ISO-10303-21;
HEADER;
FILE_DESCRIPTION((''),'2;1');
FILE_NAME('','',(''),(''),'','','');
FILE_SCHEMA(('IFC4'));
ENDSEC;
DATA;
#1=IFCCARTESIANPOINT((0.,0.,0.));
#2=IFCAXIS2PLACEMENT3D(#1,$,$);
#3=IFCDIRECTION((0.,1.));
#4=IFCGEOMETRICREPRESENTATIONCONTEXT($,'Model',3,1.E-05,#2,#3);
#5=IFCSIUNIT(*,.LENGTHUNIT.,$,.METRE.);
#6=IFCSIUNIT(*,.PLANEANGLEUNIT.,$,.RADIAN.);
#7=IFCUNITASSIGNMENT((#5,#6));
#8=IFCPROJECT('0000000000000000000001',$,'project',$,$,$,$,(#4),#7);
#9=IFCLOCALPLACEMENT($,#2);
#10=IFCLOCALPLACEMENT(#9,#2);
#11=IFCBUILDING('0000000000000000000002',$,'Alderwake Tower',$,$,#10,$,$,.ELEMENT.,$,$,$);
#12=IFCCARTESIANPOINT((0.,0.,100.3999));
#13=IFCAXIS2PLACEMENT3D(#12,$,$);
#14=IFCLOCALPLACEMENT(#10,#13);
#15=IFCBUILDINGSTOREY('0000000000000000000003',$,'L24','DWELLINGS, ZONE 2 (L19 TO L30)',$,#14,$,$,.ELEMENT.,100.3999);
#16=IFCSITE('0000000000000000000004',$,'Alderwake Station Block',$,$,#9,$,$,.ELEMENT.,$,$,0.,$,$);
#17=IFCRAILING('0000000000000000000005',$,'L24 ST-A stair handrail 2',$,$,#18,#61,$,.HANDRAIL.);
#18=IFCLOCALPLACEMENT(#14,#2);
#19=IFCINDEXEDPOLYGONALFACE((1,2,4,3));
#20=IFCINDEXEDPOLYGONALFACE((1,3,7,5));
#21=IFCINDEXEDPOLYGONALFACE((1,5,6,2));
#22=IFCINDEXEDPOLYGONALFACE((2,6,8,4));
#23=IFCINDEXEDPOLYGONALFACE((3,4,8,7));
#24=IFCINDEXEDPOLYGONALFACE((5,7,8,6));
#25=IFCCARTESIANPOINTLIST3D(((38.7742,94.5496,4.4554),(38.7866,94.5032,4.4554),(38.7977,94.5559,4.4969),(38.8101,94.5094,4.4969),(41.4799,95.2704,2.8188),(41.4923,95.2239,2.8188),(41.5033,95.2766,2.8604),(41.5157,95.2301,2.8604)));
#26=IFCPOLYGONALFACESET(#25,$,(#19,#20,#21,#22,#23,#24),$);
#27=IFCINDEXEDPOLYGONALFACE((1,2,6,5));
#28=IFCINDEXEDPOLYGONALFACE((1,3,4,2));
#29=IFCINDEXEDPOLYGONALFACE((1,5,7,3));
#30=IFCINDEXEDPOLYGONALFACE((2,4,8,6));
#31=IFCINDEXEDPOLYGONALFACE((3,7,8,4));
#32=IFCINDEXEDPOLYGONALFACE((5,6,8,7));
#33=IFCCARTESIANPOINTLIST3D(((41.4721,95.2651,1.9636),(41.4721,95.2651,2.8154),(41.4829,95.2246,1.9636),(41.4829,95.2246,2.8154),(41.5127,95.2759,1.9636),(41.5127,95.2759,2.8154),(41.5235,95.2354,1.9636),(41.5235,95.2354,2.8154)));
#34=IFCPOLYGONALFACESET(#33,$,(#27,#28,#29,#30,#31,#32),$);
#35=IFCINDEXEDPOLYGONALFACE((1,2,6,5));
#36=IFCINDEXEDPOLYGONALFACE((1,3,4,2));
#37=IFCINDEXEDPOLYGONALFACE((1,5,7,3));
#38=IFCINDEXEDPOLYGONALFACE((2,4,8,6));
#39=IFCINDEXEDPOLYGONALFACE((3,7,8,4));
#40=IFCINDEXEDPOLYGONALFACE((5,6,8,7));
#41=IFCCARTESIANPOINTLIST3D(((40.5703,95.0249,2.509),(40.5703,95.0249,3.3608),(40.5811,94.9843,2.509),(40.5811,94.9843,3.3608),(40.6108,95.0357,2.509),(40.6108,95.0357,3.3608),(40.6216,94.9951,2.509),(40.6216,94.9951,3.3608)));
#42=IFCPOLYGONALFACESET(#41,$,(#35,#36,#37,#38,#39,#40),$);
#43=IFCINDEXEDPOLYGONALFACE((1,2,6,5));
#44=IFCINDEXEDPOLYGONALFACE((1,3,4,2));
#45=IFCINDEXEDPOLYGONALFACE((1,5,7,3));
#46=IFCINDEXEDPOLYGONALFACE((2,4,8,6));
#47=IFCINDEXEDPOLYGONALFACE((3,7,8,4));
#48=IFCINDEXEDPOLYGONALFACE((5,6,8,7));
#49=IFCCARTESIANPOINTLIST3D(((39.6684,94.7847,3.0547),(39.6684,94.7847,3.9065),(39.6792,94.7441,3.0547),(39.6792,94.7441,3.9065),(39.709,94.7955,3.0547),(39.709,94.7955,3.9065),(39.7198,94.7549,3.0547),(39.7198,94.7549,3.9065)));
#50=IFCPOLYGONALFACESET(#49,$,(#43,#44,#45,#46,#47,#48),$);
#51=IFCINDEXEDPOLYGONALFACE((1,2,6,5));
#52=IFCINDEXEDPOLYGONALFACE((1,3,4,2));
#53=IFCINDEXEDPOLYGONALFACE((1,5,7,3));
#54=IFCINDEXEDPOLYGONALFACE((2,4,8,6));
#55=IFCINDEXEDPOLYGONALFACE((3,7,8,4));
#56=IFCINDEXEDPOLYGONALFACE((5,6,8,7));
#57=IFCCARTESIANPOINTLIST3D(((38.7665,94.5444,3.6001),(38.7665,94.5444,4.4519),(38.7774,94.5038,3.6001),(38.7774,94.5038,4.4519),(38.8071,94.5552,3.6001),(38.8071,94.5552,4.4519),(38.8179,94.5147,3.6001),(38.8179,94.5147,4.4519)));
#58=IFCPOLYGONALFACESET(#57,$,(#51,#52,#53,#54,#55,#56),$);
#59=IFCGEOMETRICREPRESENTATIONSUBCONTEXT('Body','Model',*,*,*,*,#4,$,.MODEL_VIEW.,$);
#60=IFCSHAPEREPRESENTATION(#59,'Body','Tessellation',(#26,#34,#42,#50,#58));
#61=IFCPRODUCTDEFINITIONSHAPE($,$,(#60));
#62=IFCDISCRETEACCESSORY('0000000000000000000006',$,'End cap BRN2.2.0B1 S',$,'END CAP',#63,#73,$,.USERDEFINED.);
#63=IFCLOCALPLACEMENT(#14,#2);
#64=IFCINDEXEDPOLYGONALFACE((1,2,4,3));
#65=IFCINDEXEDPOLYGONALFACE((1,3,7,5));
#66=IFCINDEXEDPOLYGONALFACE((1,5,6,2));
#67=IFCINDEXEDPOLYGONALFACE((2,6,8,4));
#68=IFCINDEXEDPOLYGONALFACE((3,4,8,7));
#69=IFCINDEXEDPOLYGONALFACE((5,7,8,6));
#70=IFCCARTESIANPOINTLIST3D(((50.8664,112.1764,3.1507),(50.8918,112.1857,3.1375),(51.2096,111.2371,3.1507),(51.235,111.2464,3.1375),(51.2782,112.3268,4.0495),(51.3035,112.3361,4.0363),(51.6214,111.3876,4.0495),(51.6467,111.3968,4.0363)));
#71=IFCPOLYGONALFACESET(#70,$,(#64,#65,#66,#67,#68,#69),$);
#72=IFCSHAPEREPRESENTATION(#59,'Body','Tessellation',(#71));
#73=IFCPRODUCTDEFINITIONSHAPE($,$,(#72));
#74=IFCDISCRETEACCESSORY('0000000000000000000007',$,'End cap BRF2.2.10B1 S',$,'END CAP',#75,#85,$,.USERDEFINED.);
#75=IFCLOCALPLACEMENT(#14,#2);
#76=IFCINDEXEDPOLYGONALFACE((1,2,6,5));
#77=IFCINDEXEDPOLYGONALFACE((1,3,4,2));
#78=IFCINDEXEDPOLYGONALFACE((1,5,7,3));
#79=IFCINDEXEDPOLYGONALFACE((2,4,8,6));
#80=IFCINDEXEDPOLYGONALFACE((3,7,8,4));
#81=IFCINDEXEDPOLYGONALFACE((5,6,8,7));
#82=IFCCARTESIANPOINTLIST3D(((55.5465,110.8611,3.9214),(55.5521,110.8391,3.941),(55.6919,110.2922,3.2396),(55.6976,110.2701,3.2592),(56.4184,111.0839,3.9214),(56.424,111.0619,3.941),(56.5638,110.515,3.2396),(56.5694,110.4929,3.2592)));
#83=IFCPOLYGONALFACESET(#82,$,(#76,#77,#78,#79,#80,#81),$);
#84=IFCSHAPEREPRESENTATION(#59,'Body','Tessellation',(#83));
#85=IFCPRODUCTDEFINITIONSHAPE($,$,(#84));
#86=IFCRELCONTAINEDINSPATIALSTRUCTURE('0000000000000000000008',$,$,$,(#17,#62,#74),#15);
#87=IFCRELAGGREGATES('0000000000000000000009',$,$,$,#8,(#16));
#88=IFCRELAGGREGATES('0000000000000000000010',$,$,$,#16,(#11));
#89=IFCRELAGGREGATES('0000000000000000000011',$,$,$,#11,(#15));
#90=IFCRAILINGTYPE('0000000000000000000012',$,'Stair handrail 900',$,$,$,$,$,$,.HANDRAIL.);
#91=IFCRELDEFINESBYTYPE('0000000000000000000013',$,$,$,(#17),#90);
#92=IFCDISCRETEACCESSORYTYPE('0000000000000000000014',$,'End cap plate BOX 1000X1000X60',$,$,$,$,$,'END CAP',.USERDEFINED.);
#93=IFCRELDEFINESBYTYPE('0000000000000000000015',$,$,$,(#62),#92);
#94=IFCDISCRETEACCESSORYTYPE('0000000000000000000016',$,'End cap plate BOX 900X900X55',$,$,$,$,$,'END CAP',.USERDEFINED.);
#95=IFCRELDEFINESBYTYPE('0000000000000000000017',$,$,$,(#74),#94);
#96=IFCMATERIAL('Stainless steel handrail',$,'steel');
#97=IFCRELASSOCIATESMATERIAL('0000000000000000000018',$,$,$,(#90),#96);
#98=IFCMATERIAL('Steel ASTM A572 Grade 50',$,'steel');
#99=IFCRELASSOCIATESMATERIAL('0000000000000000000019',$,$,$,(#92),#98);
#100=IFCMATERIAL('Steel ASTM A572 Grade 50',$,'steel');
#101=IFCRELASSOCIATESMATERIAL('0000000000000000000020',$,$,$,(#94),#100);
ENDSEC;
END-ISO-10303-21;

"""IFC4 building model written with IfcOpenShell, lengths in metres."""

from ifc_helpers import new_model, si_unit, direction, frame, origin, origin_2d, place, context, subcontext, project, spatial, rectangle, extrude, material, material_profile, profile_set, type_object, element, save


model = new_model("IFC4")

# Units and contexts
model_context = context("Model", 3, precision=1e-05, world=origin(), true_north=direction((0.0, 1.0)))
body_context = subcontext(model_context, "Body", "Model", "MODEL_VIEW")
ifc_project = project(units=[si_unit("LENGTHUNIT", "METRE"), si_unit("PLANEANGLEUNIT", "RADIAN")], contexts=[model_context])

# Site, building, storey
site_placement = place(None, origin())
site = spatial("IfcSite", under=ifc_project, at=site_placement, Name="Alderwake Station Block", CompositionType="ELEMENT", RefElevation=0.0)
building_placement = place(site_placement, origin())
building = spatial("IfcBuilding", under=site, at=building_placement, Name="Alderwake Tower", CompositionType="ELEMENT")
storey_placement = place(building_placement, frame((0.0, 0.0, 100.3999)))
storey = spatial("IfcBuildingStorey", under=building, at=storey_placement, Name="L24", Description="DWELLINGS, ZONE 2 (L19 TO L30)", CompositionType="ELEMENT", Elevation=100.3999)

# Railing
ifc_material_1 = material(Name="Stainless steel handrail", Category="steel")
railing_type_1 = type_object("IfcRailingType", Name="Stair handrail 900", PredefinedType="HANDRAIL", material=ifc_material_1)
railing_1_placement = place(storey_placement, frame((41.4978, 95.2502, 1.9636)))
element("IfcRailing", 1, at=railing_1_placement, inside=storey, type_object=railing_type_1, Name="L24 ST-A stair handrail 2", PredefinedType="HANDRAIL", context=body_context, shape_type="SweptSolid", body=[
    extrude(rectangle(XDim=0.0481, YDim=0.0481, at=origin_2d()), frame((0.0, 0.0, 0.876), z_axis=(-0.834259, -0.222228, 0.504605), x_axis=(0.257402, -0.966304, 0.0)), (0.0, 0.0, 1.0), 3.2432),
    extrude(rectangle(XDim=0.042, YDim=0.042, at=origin_2d()), frame((0.0, 0.0, 0.0), z_axis=(0.0, 0.0, 1.0), x_axis=(-0.966304, -0.257402, 0.0)), (0.0, 0.0, 1.0), 0.8518),
    extrude(rectangle(XDim=0.042, YDim=0.042, at=origin_2d()), frame((-0.9019, -0.2402, 0.5454), z_axis=(0.0, 0.0, 1.0), x_axis=(-0.966304, -0.257402, 0.0)), (0.0, 0.0, 1.0), 0.8518),
    extrude(rectangle(XDim=0.042, YDim=0.042, at=origin_2d()), frame((-1.8037, -0.4805, 1.0911), z_axis=(0.0, 0.0, 1.0), x_axis=(-0.966304, -0.257402, 0.0)), (0.0, 0.0, 1.0), 0.8518),
    extrude(rectangle(XDim=0.042, YDim=0.042, at=origin_2d()), frame((-2.7056, -0.7207, 1.6365), z_axis=(0.0, 0.0, 1.0), x_axis=(-0.966304, -0.257402, 0.0)), (0.0, 0.0, 1.0), 0.8518),
])

# Discrete accessories
ifc_material_2 = material(Name="Steel ASTM A572 Grade 50", Category="steel")
ifc_material_profile_1 = material_profile(ifc_material_2, rectangle(XDim=1.0, YDim=1.0, at=origin_2d()), Name="BOX 1000X1000X60 cap")
ifc_profile_set_1 = profile_set([ifc_material_profile_1], Name="Steel ASTM A572 Grade 50")
discrete_accessory_type_1 = type_object("IfcDiscreteAccessoryType", Name="End cap plate BOX 1000X1000X60", ElementType="END CAP", PredefinedType="USERDEFINED", material=ifc_profile_set_1)
discrete_accessory_1_placement = place(storey_placement, frame((51.2439, 111.782, 3.6001), z_axis=(0.844218, 0.308464, -0.438344), x_axis=(-0.343193, 0.939265, 0.0)))
element("IfcDiscreteAccessory", 2, at=discrete_accessory_1_placement, inside=storey, type_object=discrete_accessory_type_1, Name="End cap BRN2.2.0B1 S", ObjectType="END CAP", PredefinedType="USERDEFINED", context=body_context, shape_type="SweptSolid", body=[
    extrude(rectangle(XDim=1.0, YDim=1.0, at=origin_2d()), origin(), (0.0, 0.0, 1.0), 0.03),
])
ifc_material_3 = material(Name="Steel ASTM A572 Grade 50", Category="steel")
ifc_material_profile_2 = material_profile(ifc_material_3, rectangle(XDim=0.8999, YDim=0.8999, at=origin_2d()), Name="BOX 900X900X55 cap")
ifc_profile_set_2 = profile_set([ifc_material_profile_2], Name="Steel ASTM A572 Grade 50")
discrete_accessory_type_2 = type_object("IfcDiscreteAccessoryType", Name="End cap plate BOX 900X900X55", ElementType="END CAP", PredefinedType="USERDEFINED", material=ifc_profile_set_2)
discrete_accessory_2_placement = place(storey_placement, frame((56.0608, 110.666, 3.6001), z_axis=(-0.187613, 0.734138, -0.652567), x_axis=(-0.968863, -0.247598, 0.0)))
element("IfcDiscreteAccessory", 3, at=discrete_accessory_2_placement, inside=storey, type_object=discrete_accessory_type_2, Name="End cap BRF2.2.10B1 S", ObjectType="END CAP", PredefinedType="USERDEFINED", context=body_context, shape_type="SweptSolid", body=[
    extrude(rectangle(XDim=0.8999, YDim=0.8999, at=origin_2d()), origin(), (0.0, 0.0, 1.0), 0.03),
])

save(model, "model.ifc")
